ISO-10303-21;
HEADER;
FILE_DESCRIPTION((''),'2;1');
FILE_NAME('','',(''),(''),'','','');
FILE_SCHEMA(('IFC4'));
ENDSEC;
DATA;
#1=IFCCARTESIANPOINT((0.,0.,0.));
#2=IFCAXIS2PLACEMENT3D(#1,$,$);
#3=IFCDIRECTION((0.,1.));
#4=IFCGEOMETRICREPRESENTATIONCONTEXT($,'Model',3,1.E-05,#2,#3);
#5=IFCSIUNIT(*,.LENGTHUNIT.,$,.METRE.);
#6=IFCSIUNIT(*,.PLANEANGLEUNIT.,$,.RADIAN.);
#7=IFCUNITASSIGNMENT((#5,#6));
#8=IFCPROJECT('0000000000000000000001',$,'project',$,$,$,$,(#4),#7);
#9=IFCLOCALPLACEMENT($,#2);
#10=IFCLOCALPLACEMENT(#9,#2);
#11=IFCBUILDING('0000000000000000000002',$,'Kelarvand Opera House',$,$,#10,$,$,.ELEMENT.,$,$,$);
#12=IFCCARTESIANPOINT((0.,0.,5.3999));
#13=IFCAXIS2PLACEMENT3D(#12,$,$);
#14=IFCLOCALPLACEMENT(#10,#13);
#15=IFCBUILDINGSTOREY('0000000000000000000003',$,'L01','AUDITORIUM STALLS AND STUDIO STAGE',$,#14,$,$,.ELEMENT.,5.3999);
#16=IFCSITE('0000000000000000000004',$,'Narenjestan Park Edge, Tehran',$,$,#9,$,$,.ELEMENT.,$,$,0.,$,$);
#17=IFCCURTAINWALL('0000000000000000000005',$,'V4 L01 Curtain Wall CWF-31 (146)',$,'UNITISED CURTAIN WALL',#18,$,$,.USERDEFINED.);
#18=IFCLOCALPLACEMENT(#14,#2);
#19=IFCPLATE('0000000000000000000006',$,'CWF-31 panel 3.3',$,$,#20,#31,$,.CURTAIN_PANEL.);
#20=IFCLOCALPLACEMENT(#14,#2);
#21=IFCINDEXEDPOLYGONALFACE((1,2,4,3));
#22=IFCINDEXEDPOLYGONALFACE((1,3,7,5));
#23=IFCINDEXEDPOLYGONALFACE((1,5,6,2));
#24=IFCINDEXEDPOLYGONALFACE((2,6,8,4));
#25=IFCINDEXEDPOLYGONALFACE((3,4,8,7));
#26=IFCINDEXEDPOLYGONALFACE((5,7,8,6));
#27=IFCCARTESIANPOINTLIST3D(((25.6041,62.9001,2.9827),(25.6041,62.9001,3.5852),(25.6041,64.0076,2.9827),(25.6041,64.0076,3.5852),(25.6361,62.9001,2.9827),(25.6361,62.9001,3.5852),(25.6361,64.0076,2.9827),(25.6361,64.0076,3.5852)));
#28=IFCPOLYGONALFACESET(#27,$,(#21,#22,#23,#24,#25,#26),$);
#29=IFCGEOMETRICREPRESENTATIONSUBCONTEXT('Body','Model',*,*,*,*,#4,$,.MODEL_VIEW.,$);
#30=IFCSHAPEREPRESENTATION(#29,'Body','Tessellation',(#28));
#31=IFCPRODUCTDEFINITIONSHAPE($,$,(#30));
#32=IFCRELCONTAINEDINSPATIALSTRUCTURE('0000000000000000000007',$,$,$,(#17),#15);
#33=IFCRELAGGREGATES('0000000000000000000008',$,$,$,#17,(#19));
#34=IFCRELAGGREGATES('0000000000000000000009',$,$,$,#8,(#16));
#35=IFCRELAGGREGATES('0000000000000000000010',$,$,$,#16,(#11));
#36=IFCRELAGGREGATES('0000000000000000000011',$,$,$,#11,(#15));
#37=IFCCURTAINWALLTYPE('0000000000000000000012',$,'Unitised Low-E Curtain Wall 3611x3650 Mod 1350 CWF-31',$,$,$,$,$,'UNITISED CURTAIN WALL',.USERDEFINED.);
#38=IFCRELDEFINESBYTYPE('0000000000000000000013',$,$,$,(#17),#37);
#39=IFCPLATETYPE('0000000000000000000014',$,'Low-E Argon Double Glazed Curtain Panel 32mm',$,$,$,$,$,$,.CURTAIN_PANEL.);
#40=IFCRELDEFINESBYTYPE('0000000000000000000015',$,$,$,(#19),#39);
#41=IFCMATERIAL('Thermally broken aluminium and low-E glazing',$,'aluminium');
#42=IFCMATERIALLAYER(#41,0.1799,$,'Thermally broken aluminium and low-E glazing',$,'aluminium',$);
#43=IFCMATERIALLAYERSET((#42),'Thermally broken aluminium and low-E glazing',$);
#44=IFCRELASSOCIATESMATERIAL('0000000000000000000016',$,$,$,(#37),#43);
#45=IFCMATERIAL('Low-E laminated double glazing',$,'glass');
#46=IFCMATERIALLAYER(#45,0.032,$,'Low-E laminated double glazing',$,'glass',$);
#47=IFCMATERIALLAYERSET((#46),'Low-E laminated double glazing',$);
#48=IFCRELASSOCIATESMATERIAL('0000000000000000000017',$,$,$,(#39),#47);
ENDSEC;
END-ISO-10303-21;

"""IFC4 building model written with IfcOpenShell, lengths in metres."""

from ifc_helpers import new_model, si_unit, direction, frame, origin, origin_2d, place, context, subcontext, project, spatial, rectangle, extrude, material, layer, layer_set, type_object, element, aggregate, save


model = new_model("IFC4")

# Units and contexts
model_context = context("Model", 3, precision=1e-05, world=origin(), true_north=direction((0.0, 1.0)))
body_context = subcontext(model_context, "Body", "Model", "MODEL_VIEW")
ifc_project = project(units=[si_unit("LENGTHUNIT", "METRE"), si_unit("PLANEANGLEUNIT", "RADIAN")], contexts=[model_context])

# Site, building, storey
site_placement = place(None, origin())
site = spatial("IfcSite", under=ifc_project, at=site_placement, Name="Narenjestan Park Edge, Tehran", CompositionType="ELEMENT", RefElevation=0.0)
building_placement = place(site_placement, origin())
building = spatial("IfcBuilding", under=site, at=building_placement, Name="Kelarvand Opera House", CompositionType="ELEMENT")
storey_placement = place(building_placement, frame((0.0, 0.0, 5.3999)))
storey = spatial("IfcBuildingStorey", under=building, at=storey_placement, Name="L01", Description="AUDITORIUM STALLS AND STUDIO STAGE", CompositionType="ELEMENT", Elevation=5.3999)

# Curtain wall
ifc_material_1 = material(Name="Thermally broken aluminium and low-E glazing", Category="aluminium")
ifc_layer_1 = layer(ifc_material_1, 0.1799, Name="Thermally broken aluminium and low-E glazing", Category="aluminium")
ifc_layer_set_1 = layer_set([ifc_layer_1], Name="Thermally broken aluminium and low-E glazing")
curtain_wall_type = type_object("IfcCurtainWallType", Name="Unitised Low-E Curtain Wall 3611x3650 Mod 1350 CWF-31", ElementType="UNITISED CURTAIN WALL", PredefinedType="USERDEFINED", material=ifc_layer_set_1)
curtain_wall_placement = place(storey_placement, origin())
curtain_wall = element("IfcCurtainWall", 1, at=curtain_wall_placement, inside=storey, type_object=curtain_wall_type, Name="V4 L01 Curtain Wall CWF-31 (146)", ObjectType="UNITISED CURTAIN WALL", PredefinedType="USERDEFINED")

# Plate
ifc_material_2 = material(Name="Low-E laminated double glazing", Category="glass")
ifc_layer_2 = layer(ifc_material_2, 0.032, Name="Low-E laminated double glazing", Category="glass")
ifc_layer_set_2 = layer_set([ifc_layer_2], Name="Low-E laminated double glazing")
plate_type = type_object("IfcPlateType", Name="Low-E Argon Double Glazed Curtain Panel 32mm", PredefinedType="CURTAIN_PANEL", material=ifc_layer_set_2)
plate_1_placement = place(storey_placement, frame((25.6201, 63.4539, 2.9827), z_axis=(0.0, 0.0, 1.0), x_axis=(0.0, -1.0, 0.0)))
plate_1 = element("IfcPlate", 2, at=plate_1_placement, type_object=plate_type, Name="CWF-31 panel 3.3", PredefinedType="CURTAIN_PANEL", context=body_context, shape_type="SweptSolid", body=[
    extrude(rectangle(XDim=1.1074, YDim=0.032, at=origin_2d()), origin(), (0.0, 0.0, 1.0), 0.6025),
])
aggregate(curtain_wall, [plate_1])

save(model, "model.ifc")
